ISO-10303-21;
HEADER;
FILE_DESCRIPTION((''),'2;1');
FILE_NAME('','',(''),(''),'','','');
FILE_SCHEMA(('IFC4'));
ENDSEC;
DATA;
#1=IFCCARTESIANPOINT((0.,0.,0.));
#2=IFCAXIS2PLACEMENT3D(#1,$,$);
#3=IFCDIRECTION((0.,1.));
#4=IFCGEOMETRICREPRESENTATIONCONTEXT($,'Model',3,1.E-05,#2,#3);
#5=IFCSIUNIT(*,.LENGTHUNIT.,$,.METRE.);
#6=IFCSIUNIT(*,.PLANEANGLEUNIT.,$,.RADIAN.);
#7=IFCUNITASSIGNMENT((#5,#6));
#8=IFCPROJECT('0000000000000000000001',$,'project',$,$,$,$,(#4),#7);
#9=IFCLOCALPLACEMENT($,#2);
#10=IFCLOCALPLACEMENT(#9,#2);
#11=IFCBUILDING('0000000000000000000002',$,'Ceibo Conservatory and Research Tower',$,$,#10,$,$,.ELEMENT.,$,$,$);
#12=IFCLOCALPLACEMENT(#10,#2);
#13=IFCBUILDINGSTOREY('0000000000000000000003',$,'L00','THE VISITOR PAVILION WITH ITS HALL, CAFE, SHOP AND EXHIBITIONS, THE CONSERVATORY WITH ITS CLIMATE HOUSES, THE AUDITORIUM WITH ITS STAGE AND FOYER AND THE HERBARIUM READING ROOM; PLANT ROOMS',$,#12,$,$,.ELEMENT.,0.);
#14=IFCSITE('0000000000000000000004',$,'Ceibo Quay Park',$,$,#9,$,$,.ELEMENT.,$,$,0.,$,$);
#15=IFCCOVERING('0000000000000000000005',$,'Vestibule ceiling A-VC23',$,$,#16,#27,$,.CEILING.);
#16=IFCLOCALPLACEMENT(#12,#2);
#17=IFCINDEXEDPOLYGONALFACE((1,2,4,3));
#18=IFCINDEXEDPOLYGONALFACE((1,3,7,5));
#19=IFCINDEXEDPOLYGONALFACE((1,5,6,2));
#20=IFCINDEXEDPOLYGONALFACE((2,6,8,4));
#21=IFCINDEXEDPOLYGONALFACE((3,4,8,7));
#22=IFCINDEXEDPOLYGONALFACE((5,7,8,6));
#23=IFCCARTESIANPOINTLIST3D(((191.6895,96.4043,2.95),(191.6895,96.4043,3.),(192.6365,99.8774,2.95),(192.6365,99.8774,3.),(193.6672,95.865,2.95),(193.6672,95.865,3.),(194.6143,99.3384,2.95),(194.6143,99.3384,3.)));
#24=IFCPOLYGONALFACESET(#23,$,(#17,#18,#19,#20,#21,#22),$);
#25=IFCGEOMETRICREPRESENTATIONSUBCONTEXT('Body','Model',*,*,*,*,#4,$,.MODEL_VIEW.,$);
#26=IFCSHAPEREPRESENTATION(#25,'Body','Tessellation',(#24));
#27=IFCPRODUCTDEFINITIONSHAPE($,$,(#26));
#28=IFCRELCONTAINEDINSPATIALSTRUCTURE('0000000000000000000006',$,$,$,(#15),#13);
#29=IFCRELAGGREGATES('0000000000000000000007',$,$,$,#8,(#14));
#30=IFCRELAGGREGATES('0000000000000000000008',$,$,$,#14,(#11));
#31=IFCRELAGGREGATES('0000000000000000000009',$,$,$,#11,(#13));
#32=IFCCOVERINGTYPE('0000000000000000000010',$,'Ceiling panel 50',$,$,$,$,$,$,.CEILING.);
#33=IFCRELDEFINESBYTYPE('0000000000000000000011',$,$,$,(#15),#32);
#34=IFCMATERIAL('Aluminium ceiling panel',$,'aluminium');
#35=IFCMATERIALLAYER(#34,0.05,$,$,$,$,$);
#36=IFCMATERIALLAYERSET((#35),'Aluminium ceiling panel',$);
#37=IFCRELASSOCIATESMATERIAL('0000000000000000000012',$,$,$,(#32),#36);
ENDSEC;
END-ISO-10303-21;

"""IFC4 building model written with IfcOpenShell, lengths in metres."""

from ifc_helpers import new_model, si_unit, direction, frame, origin, place, context, subcontext, project, spatial, polyline, outline, extrude, material, layer, layer_set, type_object, element, save


model = new_model("IFC4")

# Units and contexts
model_context = context("Model", 3, precision=1e-05, world=origin(), true_north=direction((0.0, 1.0)))
body_context = subcontext(model_context, "Body", "Model", "MODEL_VIEW")
ifc_project = project(units=[si_unit("LENGTHUNIT", "METRE"), si_unit("PLANEANGLEUNIT", "RADIAN")], contexts=[model_context])

# Site, building, storey
site_placement = place(None, origin())
site = spatial("IfcSite", under=ifc_project, at=site_placement, Name="Ceibo Quay Park", CompositionType="ELEMENT", RefElevation=0.0)
building_placement = place(site_placement, origin())
building = spatial("IfcBuilding", under=site, at=building_placement, Name="Ceibo Conservatory and Research Tower", CompositionType="ELEMENT")
storey_placement = place(building_placement, origin())
storey = spatial("IfcBuildingStorey", under=building, at=storey_placement, Name="L00", Description="THE VISITOR PAVILION WITH ITS HALL, CAFE, SHOP AND EXHIBITIONS, THE CONSERVATORY WITH ITS CLIMATE HOUSES, THE AUDITORIUM WITH ITS STAGE AND FOYER AND THE HERBARIUM READING ROOM; PLANT ROOMS", CompositionType="ELEMENT", Elevation=0.0)

# Covering
ifc_material_1 = material(Name="Aluminium ceiling panel", Category="aluminium")
ifc_layer_1 = layer(ifc_material_1, 0.05)
ifc_layer_set_1 = layer_set([ifc_layer_1], Name="Aluminium ceiling panel")
covering_type = type_object("IfcCoveringType", Name="Ceiling panel 50", PredefinedType="CEILING", material=ifc_layer_set_1)
covering_1_placement = place(storey_placement, frame((0.0, 0.0, 2.95)))
element("IfcCovering", 1, at=covering_1_placement, inside=storey, type_object=covering_type, Name="Vestibule ceiling A-VC23", PredefinedType="CEILING", context=body_context, shape_type="SweptSolid", body=[
    extrude(outline(polyline([(193.6672, 95.865), (194.6143, 99.3384), (192.6365, 99.8774), (191.6895, 96.4043), (193.6672, 95.865)])), origin(), (0.0, 0.0, 1.0), 0.05),
])

save(model, "model.ifc")
